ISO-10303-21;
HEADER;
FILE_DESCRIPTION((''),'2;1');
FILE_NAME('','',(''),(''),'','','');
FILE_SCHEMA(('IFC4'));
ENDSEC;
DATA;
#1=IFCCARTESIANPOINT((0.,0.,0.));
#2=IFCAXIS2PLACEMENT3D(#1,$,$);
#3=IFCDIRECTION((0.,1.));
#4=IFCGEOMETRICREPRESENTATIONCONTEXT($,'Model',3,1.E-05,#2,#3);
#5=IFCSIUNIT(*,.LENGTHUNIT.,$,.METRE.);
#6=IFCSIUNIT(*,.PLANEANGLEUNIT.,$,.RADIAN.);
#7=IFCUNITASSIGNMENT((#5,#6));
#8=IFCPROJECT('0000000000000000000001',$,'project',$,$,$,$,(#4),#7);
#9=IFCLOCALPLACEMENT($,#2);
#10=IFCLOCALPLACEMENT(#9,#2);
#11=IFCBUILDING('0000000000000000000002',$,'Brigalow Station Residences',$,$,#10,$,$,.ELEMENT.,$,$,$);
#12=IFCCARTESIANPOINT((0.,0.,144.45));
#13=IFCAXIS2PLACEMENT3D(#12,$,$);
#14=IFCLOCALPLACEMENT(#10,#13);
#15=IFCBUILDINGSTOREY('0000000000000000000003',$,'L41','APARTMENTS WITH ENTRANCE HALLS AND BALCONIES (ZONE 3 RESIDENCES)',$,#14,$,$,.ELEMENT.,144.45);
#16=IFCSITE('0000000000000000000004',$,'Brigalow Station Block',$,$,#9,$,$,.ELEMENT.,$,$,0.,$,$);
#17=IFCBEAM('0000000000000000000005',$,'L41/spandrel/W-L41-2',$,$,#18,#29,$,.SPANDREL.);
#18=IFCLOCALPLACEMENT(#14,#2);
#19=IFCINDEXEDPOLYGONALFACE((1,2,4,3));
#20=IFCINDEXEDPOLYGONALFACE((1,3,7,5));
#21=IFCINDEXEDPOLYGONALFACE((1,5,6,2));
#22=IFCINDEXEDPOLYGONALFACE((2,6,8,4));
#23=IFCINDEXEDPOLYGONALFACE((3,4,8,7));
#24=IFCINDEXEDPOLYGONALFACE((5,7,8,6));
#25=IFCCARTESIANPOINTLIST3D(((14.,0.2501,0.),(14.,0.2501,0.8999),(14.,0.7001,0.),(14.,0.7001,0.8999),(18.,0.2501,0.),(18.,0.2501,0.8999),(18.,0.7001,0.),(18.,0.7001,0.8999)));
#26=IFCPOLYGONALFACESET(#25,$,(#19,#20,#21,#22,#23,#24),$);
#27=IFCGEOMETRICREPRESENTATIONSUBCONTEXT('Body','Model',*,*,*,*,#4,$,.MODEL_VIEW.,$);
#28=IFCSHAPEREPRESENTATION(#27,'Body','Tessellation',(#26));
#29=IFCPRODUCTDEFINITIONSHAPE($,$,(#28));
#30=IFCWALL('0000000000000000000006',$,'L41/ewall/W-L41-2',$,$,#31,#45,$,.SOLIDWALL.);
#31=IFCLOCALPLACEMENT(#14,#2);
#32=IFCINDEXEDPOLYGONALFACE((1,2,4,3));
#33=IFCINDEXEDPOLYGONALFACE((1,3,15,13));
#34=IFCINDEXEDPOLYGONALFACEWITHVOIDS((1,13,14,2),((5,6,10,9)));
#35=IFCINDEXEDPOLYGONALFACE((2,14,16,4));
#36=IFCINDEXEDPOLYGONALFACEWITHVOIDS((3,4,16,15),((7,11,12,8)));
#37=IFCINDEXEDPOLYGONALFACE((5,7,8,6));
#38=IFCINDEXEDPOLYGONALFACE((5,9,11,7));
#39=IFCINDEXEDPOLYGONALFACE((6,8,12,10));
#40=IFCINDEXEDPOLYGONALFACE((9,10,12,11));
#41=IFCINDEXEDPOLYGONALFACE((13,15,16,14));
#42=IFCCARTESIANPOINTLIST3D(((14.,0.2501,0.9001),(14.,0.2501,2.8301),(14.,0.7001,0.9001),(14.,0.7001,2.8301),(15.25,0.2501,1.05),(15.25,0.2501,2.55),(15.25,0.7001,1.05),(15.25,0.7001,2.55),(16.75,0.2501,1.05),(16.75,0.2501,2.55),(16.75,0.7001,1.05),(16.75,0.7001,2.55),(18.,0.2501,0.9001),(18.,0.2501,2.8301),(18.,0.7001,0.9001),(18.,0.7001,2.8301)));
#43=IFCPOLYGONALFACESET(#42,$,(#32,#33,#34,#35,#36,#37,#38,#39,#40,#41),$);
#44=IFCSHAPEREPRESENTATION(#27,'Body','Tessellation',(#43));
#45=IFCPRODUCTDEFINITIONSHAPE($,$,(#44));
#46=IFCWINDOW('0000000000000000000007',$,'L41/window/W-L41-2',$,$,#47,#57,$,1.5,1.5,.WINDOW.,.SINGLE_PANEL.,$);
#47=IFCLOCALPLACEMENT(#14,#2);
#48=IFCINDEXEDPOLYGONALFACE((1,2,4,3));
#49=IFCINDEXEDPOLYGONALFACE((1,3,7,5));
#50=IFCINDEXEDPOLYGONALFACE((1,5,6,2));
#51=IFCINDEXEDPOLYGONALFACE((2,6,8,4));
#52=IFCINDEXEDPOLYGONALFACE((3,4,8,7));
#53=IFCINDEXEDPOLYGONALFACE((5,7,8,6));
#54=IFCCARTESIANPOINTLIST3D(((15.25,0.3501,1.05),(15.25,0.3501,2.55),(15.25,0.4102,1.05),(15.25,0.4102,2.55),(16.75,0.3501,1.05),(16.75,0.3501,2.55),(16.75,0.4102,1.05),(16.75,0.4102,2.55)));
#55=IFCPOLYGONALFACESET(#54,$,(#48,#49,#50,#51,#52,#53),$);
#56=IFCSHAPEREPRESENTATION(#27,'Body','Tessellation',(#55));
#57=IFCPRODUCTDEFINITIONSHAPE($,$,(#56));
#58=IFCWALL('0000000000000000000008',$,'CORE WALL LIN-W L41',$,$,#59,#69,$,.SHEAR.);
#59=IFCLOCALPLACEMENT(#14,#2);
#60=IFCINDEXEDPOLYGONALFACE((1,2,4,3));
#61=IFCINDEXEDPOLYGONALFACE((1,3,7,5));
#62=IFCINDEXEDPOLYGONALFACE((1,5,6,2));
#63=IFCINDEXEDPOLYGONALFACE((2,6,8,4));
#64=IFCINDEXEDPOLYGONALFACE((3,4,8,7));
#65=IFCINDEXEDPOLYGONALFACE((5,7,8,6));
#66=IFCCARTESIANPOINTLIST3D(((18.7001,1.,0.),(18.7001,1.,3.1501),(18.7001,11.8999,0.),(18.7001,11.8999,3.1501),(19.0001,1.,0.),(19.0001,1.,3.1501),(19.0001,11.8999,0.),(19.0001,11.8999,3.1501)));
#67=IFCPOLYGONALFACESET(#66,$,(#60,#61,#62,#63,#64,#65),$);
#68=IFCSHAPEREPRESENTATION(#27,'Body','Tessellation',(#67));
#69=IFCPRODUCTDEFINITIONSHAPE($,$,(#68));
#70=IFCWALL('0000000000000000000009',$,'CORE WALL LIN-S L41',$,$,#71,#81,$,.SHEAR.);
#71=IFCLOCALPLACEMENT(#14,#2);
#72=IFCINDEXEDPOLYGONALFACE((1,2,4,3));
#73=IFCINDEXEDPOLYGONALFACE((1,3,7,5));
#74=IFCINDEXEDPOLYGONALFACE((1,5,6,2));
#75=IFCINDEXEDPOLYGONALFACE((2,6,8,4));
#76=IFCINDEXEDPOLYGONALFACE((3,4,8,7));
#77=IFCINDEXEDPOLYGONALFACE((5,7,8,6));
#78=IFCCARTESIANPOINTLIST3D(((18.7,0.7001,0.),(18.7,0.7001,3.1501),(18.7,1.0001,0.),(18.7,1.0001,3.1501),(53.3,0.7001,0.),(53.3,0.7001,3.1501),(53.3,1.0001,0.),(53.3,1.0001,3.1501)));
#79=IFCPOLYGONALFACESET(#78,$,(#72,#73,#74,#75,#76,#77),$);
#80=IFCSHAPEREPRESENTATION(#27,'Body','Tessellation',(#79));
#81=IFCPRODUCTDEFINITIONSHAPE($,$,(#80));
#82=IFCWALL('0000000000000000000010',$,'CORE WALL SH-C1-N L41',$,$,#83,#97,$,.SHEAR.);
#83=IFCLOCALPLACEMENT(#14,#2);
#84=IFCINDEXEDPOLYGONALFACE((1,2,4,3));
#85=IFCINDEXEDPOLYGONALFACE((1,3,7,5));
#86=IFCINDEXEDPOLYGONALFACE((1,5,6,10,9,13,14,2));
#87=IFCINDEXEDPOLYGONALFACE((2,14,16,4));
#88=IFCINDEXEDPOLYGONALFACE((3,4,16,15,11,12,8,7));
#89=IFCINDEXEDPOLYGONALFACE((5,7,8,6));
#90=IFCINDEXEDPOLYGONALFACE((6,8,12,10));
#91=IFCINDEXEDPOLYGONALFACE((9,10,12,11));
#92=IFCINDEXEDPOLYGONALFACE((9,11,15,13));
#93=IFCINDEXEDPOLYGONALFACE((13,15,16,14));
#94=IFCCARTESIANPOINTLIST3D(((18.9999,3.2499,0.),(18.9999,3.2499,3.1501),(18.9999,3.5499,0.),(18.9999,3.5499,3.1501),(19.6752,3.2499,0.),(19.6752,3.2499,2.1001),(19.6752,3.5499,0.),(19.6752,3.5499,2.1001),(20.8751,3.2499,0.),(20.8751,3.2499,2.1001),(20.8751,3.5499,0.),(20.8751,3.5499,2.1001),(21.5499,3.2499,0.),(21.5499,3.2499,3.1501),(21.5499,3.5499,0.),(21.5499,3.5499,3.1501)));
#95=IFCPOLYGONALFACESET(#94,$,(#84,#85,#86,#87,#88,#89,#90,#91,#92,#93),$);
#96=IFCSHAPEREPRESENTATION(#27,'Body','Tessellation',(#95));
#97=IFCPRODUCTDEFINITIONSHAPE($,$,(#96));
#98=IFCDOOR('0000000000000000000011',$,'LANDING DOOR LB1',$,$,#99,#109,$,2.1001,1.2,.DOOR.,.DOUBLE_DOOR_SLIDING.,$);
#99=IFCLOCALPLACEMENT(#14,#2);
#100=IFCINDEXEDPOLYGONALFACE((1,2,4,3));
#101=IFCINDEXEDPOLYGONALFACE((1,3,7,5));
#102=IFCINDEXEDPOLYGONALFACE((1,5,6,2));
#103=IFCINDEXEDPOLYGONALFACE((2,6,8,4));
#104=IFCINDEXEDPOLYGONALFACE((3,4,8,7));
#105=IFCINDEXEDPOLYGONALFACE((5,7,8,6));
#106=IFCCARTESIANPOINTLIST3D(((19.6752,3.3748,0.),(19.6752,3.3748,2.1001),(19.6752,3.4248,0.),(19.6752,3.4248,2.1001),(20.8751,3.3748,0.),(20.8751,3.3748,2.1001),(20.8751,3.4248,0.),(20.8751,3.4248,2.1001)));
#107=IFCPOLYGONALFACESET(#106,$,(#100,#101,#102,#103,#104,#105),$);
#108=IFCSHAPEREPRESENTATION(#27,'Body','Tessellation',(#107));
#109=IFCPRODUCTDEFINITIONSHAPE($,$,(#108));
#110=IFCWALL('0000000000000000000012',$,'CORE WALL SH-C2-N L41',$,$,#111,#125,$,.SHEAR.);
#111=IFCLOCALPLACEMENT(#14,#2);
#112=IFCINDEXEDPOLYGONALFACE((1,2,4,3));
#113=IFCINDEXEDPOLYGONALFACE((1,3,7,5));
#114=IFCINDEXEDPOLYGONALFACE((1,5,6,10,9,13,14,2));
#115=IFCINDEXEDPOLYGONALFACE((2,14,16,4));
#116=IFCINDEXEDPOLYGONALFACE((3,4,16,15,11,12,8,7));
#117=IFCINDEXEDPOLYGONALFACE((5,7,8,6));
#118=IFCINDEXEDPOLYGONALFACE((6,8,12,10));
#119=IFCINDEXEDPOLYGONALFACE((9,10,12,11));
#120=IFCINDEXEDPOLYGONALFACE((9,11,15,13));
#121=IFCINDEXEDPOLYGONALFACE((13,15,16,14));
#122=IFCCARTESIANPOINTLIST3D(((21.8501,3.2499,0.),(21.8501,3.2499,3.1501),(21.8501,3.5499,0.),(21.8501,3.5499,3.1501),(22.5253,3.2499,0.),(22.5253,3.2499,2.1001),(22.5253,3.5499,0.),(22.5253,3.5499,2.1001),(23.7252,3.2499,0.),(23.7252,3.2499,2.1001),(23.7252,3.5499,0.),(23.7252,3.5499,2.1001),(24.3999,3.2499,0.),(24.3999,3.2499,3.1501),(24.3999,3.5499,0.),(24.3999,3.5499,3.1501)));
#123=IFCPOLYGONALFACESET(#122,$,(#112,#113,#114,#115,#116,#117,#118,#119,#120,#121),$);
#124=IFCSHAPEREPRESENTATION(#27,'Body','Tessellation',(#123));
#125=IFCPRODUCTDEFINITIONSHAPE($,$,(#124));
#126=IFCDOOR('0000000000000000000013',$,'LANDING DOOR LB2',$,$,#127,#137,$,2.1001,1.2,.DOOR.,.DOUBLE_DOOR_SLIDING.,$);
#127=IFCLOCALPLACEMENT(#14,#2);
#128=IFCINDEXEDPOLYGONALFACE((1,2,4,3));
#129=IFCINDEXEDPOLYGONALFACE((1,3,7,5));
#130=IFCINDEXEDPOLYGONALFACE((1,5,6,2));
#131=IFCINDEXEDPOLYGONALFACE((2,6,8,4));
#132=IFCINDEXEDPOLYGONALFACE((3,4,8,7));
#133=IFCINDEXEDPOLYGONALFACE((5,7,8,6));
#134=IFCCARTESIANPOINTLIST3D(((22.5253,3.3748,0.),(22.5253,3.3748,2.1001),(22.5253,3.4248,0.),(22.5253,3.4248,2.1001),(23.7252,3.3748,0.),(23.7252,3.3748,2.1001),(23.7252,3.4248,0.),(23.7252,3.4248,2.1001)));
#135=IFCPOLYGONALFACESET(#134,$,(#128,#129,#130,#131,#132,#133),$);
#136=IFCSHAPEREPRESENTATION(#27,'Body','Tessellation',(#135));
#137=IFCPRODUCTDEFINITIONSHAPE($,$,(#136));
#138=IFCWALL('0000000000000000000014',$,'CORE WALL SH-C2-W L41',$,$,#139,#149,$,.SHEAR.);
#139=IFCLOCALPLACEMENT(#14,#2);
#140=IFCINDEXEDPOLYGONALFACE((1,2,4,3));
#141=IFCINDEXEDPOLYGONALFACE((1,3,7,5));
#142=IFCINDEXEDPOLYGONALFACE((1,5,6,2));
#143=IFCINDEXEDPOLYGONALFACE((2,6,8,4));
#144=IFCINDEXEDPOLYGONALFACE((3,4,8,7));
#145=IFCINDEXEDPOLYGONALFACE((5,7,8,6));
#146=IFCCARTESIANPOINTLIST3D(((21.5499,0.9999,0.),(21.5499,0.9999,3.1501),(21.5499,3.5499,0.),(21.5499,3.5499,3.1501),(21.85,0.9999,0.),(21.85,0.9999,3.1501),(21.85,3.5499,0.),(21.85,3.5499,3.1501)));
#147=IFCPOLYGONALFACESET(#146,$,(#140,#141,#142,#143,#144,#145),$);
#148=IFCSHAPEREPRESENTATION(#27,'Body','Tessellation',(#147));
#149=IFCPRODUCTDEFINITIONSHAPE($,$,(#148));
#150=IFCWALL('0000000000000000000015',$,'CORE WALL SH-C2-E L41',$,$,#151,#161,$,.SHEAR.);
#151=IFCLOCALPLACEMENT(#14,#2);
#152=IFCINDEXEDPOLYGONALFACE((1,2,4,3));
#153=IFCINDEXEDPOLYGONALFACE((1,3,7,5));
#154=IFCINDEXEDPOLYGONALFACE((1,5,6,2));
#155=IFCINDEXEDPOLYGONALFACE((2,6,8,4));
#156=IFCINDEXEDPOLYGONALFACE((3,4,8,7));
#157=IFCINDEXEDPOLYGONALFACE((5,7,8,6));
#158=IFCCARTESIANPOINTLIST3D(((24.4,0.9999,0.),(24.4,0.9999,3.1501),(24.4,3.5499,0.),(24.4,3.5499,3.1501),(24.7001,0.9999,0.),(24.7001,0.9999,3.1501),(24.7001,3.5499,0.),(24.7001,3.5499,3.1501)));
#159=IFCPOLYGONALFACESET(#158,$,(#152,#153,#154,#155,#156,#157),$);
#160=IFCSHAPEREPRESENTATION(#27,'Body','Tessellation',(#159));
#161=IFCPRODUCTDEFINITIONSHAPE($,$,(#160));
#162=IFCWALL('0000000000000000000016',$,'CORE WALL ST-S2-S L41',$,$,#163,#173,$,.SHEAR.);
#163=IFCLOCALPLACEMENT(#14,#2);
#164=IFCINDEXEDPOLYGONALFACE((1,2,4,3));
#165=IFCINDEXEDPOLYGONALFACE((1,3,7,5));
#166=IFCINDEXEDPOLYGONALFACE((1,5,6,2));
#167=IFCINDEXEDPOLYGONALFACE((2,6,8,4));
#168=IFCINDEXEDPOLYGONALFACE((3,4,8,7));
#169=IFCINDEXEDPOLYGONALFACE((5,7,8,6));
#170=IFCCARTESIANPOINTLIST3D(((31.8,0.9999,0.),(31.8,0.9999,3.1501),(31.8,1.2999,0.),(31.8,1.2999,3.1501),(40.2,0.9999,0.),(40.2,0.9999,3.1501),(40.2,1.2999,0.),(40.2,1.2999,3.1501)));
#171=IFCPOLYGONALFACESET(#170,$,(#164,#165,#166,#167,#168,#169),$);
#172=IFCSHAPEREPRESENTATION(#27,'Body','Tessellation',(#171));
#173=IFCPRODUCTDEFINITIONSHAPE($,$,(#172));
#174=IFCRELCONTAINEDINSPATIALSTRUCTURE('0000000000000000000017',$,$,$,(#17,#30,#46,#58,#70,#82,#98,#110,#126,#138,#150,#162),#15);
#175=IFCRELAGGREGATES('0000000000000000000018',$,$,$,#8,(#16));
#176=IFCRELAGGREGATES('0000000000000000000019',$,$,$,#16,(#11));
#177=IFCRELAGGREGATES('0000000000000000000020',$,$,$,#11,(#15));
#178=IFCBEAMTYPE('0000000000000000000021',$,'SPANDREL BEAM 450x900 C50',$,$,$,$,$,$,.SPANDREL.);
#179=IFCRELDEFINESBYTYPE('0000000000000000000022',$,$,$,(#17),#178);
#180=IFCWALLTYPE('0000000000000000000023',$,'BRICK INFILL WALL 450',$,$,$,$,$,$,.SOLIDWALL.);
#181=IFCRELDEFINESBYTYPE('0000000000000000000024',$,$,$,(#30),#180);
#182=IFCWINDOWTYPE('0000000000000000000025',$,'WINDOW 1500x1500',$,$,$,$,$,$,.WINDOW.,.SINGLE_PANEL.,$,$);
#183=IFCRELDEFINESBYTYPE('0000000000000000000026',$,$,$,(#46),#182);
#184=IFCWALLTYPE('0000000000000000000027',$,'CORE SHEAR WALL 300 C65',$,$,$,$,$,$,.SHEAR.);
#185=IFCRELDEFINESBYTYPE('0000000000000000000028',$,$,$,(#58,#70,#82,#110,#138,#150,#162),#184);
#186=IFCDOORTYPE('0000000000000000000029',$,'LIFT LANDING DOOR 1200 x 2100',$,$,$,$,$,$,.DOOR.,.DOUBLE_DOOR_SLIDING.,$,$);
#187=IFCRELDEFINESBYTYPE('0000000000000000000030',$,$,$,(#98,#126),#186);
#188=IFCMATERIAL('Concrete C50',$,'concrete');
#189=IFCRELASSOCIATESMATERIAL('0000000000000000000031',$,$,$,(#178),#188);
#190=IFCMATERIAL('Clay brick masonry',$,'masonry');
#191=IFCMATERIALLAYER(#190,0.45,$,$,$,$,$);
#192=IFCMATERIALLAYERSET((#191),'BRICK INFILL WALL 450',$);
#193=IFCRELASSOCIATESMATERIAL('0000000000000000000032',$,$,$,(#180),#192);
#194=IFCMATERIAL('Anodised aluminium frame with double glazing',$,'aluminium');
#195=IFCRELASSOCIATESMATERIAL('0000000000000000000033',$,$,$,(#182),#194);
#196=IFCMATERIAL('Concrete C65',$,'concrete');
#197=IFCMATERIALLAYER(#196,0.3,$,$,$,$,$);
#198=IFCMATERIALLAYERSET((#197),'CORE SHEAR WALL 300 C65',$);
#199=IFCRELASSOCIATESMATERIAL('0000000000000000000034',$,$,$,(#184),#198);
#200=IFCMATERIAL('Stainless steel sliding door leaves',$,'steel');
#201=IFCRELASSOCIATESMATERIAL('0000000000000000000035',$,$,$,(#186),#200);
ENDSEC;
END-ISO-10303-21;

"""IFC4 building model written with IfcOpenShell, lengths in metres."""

from ifc_helpers import new_model, si_unit, direction, frame, frame_2d, origin, origin_2d, place, context, subcontext, project, spatial, rectangle, extrude, material, layer, layer_set, material_profile, profile_set, type_object, element, fill, save


model = new_model("IFC4")

# Units and contexts
model_context = context("Model", 3, precision=1e-05, world=origin(), true_north=direction((0.0, 1.0)))
body_context = subcontext(model_context, "Body", "Model", "MODEL_VIEW")
ifc_project = project(units=[si_unit("LENGTHUNIT", "METRE"), si_unit("PLANEANGLEUNIT", "RADIAN")], contexts=[model_context])

# Site, building, storey
site_placement = place(None, origin())
site = spatial("IfcSite", under=ifc_project, at=site_placement, Name="Brigalow Station Block", CompositionType="ELEMENT", RefElevation=0.0)
building_placement = place(site_placement, origin())
building = spatial("IfcBuilding", under=site, at=building_placement, Name="Brigalow Station Residences", CompositionType="ELEMENT")
storey_placement = place(building_placement, frame((0.0, 0.0, 144.45)))
storey = spatial("IfcBuildingStorey", under=building, at=storey_placement, Name="L41", Description="APARTMENTS WITH ENTRANCE HALLS AND BALCONIES (ZONE 3 RESIDENCES)", CompositionType="ELEMENT", Elevation=144.45)

# Beam
ifc_material_1 = material(Name="Concrete C50", Category="concrete")
ifc_material_profile = material_profile(ifc_material_1, rectangle(XDim=0.45, YDim=0.8999, at=origin_2d()), Name="RC450x900")
ifc_profile_set = profile_set([ifc_material_profile], Name="Concrete C50")
beam_type = type_object("IfcBeamType", Name="SPANDREL BEAM 450x900 C50", PredefinedType="SPANDREL", material=ifc_profile_set)
beam_placement = place(storey_placement, frame((14.0, 0.4751, 0.45), z_axis=(1.0, 0.0, 0.0), x_axis=(0.0, 1.0, 0.0)))
element("IfcBeam", 1, at=beam_placement, inside=storey, type_object=beam_type, Name="L41/spandrel/W-L41-2", PredefinedType="SPANDREL", context=body_context, shape_type="SweptSolid", body=[
    extrude(rectangle(XDim=0.45, YDim=0.8999, at=origin_2d()), origin(), (0.0, 0.0, 1.0), 4.0),
])

# Wall, opening, window
ifc_material_2 = material(Name="Clay brick masonry", Category="masonry")
ifc_layer_1 = layer(ifc_material_2, 0.45)
ifc_layer_set_1 = layer_set([ifc_layer_1], Name="BRICK INFILL WALL 450")
wall_type_1 = type_object("IfcWallType", Name="BRICK INFILL WALL 450", PredefinedType="SOLIDWALL", material=ifc_layer_set_1)
wall_1_placement = place(storey_placement, frame((14.0, 0.4751, 0.9001), z_axis=(0.0, 0.0, 1.0), x_axis=(1.0, 0.0, 0.0)))
wall_1 = element("IfcWall", 2, at=wall_1_placement, inside=storey, type_object=wall_type_1, Name="L41/ewall/W-L41-2", PredefinedType="SOLIDWALL", context=body_context, shape_type="SweptSolid", body=[
    extrude(rectangle(XDim=4.0, YDim=0.45, at=frame_2d((2.0, 0.0))), origin(), (0.0, 0.0, 1.0), 1.9299),
])
opening_1_placement = place(wall_1_placement, frame((1.25, 0.0, 0.1499)))
opening_1 = element("IfcOpeningElement", 3, at=opening_1_placement, cuts=wall_1, PredefinedType="OPENING", context=body_context, shape_type="SweptSolid", body=[
    extrude(rectangle(XDim=1.5, YDim=1.5, at=frame_2d((0.75, 0.75))), frame((0.0, 0.2349, 0.0), z_axis=(0.0, -1.0, 0.0), x_axis=(1.0, 0.0, 0.0)), (0.0, 0.0, 1.0), 0.47),
])
ifc_material_3 = material(Name="Anodised aluminium frame with double glazing", Category="aluminium")
window_type = type_object("IfcWindowType", Name="WINDOW 1500x1500", PartitioningType="SINGLE_PANEL", PredefinedType="WINDOW", material=ifc_material_3)
window_placement = place(opening_1_placement, origin())
window = element("IfcWindow", 4, at=window_placement, inside=storey, type_object=window_type, Name="L41/window/W-L41-2", OverallHeight=1.5, OverallWidth=1.5, PartitioningType="SINGLE_PANEL", PredefinedType="WINDOW", context=body_context, shape_type="SweptSolid", body=[
    extrude(rectangle(XDim=1.5, YDim=1.5, at=frame_2d((0.75, 0.75))), frame((0.0, -0.0649, 0.0), z_axis=(0.0, -1.0, 0.0), x_axis=(1.0, 0.0, 0.0)), (0.0, 0.0, 1.0), 0.0601),
])
fill(opening_1, window)

# Walls
ifc_material_4 = material(Name="Concrete C65", Category="concrete")
ifc_layer_2 = layer(ifc_material_4, 0.3)
ifc_layer_set_2 = layer_set([ifc_layer_2], Name="CORE SHEAR WALL 300 C65")
wall_type_2 = type_object("IfcWallType", Name="CORE SHEAR WALL 300 C65", PredefinedType="SHEAR", material=ifc_layer_set_2)
wall_2_placement = place(storey_placement, frame((18.8501, 1.0, 0.0), z_axis=(0.0, 0.0, 1.0), x_axis=(0.0, 1.0, 0.0)))
element("IfcWall", 5, at=wall_2_placement, inside=storey, type_object=wall_type_2, Name="CORE WALL LIN-W L41", PredefinedType="SHEAR", context=body_context, shape_type="SweptSolid", body=[
    extrude(rectangle(XDim=10.8999, YDim=0.3, at=frame_2d((5.45, 0.0))), origin(), (0.0, 0.0, 1.0), 3.1501),
])
wall_3_placement = place(storey_placement, frame((18.7, 0.8501, 0.0), z_axis=(0.0, 0.0, 1.0), x_axis=(1.0, 0.0, 0.0)))
element("IfcWall", 6, at=wall_3_placement, inside=storey, type_object=wall_type_2, Name="CORE WALL LIN-S L41", PredefinedType="SHEAR", context=body_context, shape_type="SweptSolid", body=[
    extrude(rectangle(XDim=34.6001, YDim=0.3, at=frame_2d((17.3, 0.0))), origin(), (0.0, 0.0, 1.0), 3.1501),
])

# Walls, openings, doors
wall_4_placement = place(storey_placement, frame((19.0, 3.3999, 0.0), z_axis=(0.0, 0.0, 1.0), x_axis=(1.0, 0.0, 0.0)))
wall_4 = element("IfcWall", 7, at=wall_4_placement, inside=storey, type_object=wall_type_2, Name="CORE WALL SH-C1-N L41", PredefinedType="SHEAR", context=body_context, shape_type="SweptSolid", body=[
    extrude(rectangle(XDim=2.55, YDim=0.3, at=frame_2d((1.2749, 0.0))), origin(), (0.0, 0.0, 1.0), 3.1501),
])
opening_2_placement = place(wall_4_placement, frame((0.675, 0.0, 0.0)))
opening_2 = element("IfcOpeningElement", 8, at=opening_2_placement, cuts=wall_4, PredefinedType="OPENING", context=body_context, shape_type="SweptSolid", body=[
    extrude(rectangle(XDim=1.2, YDim=2.1001, at=frame_2d((0.6001, 1.05))), frame((0.0, 0.1602, 0.0), z_axis=(0.0, -1.0, 0.0), x_axis=(1.0, 0.0, 0.0)), (0.0, 0.0, 1.0), 0.3201),
])
ifc_material_5 = material(Name="Stainless steel sliding door leaves", Category="steel")
door_type = type_object("IfcDoorType", Name="LIFT LANDING DOOR 1200 x 2100", OperationType="DOUBLE_DOOR_SLIDING", PredefinedType="DOOR", material=ifc_material_5)
door_1_placement = place(opening_2_placement, origin())
door_1 = element("IfcDoor", 9, at=door_1_placement, inside=storey, type_object=door_type, Name="LANDING DOOR LB1", OperationType="DOUBLE_DOOR_SLIDING", OverallHeight=2.1001, OverallWidth=1.2, PredefinedType="DOOR", context=body_context, shape_type="SweptSolid", body=[
    extrude(rectangle(XDim=1.2, YDim=2.1001, at=frame_2d((0.6001, 1.05))), frame((0.0, 0.0249, 0.0), z_axis=(0.0, -1.0, 0.0), x_axis=(1.0, 0.0, 0.0)), (0.0, 0.0, 1.0), 0.05),
])
fill(opening_2, door_1)
wall_5_placement = place(storey_placement, frame((21.8501, 3.3999, 0.0), z_axis=(0.0, 0.0, 1.0), x_axis=(1.0, 0.0, 0.0)))
wall_5 = element("IfcWall", 10, at=wall_5_placement, inside=storey, type_object=wall_type_2, Name="CORE WALL SH-C2-N L41", PredefinedType="SHEAR", context=body_context, shape_type="SweptSolid", body=[
    extrude(rectangle(XDim=2.5498, YDim=0.3, at=frame_2d((1.2749, 0.0))), origin(), (0.0, 0.0, 1.0), 3.1501),
])
opening_3_placement = place(wall_5_placement, frame((0.675, 0.0, 0.0)))
opening_3 = element("IfcOpeningElement", 11, at=opening_3_placement, cuts=wall_5, PredefinedType="OPENING", context=body_context, shape_type="SweptSolid", body=[
    extrude(rectangle(XDim=1.2, YDim=2.1001, at=frame_2d((0.6001, 1.05))), frame((0.0, 0.1602, 0.0), z_axis=(0.0, -1.0, 0.0), x_axis=(1.0, 0.0, 0.0)), (0.0, 0.0, 1.0), 0.3201),
])
door_2_placement = place(opening_3_placement, origin())
door_2 = element("IfcDoor", 12, at=door_2_placement, inside=storey, type_object=door_type, Name="LANDING DOOR LB2", OperationType="DOUBLE_DOOR_SLIDING", OverallHeight=2.1001, OverallWidth=1.2, PredefinedType="DOOR", context=body_context, shape_type="SweptSolid", body=[
    extrude(rectangle(XDim=1.2, YDim=2.1001, at=frame_2d((0.6001, 1.05))), frame((0.0, 0.0249, 0.0), z_axis=(0.0, -1.0, 0.0), x_axis=(1.0, 0.0, 0.0)), (0.0, 0.0, 1.0), 0.05),
])
fill(opening_3, door_2)

# Walls
for number, where, z_axis, x_axis, name in (
    (13, (21.7, 1.0, 0.0), (0.0, 0.0, 1.0), (0.0, 1.0, 0.0), "CORE WALL SH-C2-W L41"),
    (14, (24.55, 1.0, 0.0), (0.0, 0.0, 1.0), (0.0, 1.0, 0.0), "CORE WALL SH-C2-E L41"),
):
    element("IfcWall", number, at=place(storey_placement, frame(where, z_axis=z_axis, x_axis=x_axis)), inside=storey, type_object=wall_type_2, Name=name, PredefinedType="SHEAR", context=body_context, shape_type="SweptSolid", body=[
        extrude(rectangle(XDim=2.55, YDim=0.3, at=frame_2d((1.2749, 0.0))), origin(), (0.0, 0.0, 1.0), 3.1501),
    ])
wall_6_placement = place(storey_placement, frame((31.8, 1.1499, 0.0), z_axis=(0.0, 0.0, 1.0), x_axis=(1.0, 0.0, 0.0)))
element("IfcWall", 15, at=wall_6_placement, inside=storey, type_object=wall_type_2, Name="CORE WALL ST-S2-S L41", PredefinedType="SHEAR", context=body_context, shape_type="SweptSolid", body=[
    extrude(rectangle(XDim=8.3999, YDim=0.3, at=frame_2d((4.2, 0.0))), origin(), (0.0, 0.0, 1.0), 3.1501),
])

save(model, "model.ifc")
